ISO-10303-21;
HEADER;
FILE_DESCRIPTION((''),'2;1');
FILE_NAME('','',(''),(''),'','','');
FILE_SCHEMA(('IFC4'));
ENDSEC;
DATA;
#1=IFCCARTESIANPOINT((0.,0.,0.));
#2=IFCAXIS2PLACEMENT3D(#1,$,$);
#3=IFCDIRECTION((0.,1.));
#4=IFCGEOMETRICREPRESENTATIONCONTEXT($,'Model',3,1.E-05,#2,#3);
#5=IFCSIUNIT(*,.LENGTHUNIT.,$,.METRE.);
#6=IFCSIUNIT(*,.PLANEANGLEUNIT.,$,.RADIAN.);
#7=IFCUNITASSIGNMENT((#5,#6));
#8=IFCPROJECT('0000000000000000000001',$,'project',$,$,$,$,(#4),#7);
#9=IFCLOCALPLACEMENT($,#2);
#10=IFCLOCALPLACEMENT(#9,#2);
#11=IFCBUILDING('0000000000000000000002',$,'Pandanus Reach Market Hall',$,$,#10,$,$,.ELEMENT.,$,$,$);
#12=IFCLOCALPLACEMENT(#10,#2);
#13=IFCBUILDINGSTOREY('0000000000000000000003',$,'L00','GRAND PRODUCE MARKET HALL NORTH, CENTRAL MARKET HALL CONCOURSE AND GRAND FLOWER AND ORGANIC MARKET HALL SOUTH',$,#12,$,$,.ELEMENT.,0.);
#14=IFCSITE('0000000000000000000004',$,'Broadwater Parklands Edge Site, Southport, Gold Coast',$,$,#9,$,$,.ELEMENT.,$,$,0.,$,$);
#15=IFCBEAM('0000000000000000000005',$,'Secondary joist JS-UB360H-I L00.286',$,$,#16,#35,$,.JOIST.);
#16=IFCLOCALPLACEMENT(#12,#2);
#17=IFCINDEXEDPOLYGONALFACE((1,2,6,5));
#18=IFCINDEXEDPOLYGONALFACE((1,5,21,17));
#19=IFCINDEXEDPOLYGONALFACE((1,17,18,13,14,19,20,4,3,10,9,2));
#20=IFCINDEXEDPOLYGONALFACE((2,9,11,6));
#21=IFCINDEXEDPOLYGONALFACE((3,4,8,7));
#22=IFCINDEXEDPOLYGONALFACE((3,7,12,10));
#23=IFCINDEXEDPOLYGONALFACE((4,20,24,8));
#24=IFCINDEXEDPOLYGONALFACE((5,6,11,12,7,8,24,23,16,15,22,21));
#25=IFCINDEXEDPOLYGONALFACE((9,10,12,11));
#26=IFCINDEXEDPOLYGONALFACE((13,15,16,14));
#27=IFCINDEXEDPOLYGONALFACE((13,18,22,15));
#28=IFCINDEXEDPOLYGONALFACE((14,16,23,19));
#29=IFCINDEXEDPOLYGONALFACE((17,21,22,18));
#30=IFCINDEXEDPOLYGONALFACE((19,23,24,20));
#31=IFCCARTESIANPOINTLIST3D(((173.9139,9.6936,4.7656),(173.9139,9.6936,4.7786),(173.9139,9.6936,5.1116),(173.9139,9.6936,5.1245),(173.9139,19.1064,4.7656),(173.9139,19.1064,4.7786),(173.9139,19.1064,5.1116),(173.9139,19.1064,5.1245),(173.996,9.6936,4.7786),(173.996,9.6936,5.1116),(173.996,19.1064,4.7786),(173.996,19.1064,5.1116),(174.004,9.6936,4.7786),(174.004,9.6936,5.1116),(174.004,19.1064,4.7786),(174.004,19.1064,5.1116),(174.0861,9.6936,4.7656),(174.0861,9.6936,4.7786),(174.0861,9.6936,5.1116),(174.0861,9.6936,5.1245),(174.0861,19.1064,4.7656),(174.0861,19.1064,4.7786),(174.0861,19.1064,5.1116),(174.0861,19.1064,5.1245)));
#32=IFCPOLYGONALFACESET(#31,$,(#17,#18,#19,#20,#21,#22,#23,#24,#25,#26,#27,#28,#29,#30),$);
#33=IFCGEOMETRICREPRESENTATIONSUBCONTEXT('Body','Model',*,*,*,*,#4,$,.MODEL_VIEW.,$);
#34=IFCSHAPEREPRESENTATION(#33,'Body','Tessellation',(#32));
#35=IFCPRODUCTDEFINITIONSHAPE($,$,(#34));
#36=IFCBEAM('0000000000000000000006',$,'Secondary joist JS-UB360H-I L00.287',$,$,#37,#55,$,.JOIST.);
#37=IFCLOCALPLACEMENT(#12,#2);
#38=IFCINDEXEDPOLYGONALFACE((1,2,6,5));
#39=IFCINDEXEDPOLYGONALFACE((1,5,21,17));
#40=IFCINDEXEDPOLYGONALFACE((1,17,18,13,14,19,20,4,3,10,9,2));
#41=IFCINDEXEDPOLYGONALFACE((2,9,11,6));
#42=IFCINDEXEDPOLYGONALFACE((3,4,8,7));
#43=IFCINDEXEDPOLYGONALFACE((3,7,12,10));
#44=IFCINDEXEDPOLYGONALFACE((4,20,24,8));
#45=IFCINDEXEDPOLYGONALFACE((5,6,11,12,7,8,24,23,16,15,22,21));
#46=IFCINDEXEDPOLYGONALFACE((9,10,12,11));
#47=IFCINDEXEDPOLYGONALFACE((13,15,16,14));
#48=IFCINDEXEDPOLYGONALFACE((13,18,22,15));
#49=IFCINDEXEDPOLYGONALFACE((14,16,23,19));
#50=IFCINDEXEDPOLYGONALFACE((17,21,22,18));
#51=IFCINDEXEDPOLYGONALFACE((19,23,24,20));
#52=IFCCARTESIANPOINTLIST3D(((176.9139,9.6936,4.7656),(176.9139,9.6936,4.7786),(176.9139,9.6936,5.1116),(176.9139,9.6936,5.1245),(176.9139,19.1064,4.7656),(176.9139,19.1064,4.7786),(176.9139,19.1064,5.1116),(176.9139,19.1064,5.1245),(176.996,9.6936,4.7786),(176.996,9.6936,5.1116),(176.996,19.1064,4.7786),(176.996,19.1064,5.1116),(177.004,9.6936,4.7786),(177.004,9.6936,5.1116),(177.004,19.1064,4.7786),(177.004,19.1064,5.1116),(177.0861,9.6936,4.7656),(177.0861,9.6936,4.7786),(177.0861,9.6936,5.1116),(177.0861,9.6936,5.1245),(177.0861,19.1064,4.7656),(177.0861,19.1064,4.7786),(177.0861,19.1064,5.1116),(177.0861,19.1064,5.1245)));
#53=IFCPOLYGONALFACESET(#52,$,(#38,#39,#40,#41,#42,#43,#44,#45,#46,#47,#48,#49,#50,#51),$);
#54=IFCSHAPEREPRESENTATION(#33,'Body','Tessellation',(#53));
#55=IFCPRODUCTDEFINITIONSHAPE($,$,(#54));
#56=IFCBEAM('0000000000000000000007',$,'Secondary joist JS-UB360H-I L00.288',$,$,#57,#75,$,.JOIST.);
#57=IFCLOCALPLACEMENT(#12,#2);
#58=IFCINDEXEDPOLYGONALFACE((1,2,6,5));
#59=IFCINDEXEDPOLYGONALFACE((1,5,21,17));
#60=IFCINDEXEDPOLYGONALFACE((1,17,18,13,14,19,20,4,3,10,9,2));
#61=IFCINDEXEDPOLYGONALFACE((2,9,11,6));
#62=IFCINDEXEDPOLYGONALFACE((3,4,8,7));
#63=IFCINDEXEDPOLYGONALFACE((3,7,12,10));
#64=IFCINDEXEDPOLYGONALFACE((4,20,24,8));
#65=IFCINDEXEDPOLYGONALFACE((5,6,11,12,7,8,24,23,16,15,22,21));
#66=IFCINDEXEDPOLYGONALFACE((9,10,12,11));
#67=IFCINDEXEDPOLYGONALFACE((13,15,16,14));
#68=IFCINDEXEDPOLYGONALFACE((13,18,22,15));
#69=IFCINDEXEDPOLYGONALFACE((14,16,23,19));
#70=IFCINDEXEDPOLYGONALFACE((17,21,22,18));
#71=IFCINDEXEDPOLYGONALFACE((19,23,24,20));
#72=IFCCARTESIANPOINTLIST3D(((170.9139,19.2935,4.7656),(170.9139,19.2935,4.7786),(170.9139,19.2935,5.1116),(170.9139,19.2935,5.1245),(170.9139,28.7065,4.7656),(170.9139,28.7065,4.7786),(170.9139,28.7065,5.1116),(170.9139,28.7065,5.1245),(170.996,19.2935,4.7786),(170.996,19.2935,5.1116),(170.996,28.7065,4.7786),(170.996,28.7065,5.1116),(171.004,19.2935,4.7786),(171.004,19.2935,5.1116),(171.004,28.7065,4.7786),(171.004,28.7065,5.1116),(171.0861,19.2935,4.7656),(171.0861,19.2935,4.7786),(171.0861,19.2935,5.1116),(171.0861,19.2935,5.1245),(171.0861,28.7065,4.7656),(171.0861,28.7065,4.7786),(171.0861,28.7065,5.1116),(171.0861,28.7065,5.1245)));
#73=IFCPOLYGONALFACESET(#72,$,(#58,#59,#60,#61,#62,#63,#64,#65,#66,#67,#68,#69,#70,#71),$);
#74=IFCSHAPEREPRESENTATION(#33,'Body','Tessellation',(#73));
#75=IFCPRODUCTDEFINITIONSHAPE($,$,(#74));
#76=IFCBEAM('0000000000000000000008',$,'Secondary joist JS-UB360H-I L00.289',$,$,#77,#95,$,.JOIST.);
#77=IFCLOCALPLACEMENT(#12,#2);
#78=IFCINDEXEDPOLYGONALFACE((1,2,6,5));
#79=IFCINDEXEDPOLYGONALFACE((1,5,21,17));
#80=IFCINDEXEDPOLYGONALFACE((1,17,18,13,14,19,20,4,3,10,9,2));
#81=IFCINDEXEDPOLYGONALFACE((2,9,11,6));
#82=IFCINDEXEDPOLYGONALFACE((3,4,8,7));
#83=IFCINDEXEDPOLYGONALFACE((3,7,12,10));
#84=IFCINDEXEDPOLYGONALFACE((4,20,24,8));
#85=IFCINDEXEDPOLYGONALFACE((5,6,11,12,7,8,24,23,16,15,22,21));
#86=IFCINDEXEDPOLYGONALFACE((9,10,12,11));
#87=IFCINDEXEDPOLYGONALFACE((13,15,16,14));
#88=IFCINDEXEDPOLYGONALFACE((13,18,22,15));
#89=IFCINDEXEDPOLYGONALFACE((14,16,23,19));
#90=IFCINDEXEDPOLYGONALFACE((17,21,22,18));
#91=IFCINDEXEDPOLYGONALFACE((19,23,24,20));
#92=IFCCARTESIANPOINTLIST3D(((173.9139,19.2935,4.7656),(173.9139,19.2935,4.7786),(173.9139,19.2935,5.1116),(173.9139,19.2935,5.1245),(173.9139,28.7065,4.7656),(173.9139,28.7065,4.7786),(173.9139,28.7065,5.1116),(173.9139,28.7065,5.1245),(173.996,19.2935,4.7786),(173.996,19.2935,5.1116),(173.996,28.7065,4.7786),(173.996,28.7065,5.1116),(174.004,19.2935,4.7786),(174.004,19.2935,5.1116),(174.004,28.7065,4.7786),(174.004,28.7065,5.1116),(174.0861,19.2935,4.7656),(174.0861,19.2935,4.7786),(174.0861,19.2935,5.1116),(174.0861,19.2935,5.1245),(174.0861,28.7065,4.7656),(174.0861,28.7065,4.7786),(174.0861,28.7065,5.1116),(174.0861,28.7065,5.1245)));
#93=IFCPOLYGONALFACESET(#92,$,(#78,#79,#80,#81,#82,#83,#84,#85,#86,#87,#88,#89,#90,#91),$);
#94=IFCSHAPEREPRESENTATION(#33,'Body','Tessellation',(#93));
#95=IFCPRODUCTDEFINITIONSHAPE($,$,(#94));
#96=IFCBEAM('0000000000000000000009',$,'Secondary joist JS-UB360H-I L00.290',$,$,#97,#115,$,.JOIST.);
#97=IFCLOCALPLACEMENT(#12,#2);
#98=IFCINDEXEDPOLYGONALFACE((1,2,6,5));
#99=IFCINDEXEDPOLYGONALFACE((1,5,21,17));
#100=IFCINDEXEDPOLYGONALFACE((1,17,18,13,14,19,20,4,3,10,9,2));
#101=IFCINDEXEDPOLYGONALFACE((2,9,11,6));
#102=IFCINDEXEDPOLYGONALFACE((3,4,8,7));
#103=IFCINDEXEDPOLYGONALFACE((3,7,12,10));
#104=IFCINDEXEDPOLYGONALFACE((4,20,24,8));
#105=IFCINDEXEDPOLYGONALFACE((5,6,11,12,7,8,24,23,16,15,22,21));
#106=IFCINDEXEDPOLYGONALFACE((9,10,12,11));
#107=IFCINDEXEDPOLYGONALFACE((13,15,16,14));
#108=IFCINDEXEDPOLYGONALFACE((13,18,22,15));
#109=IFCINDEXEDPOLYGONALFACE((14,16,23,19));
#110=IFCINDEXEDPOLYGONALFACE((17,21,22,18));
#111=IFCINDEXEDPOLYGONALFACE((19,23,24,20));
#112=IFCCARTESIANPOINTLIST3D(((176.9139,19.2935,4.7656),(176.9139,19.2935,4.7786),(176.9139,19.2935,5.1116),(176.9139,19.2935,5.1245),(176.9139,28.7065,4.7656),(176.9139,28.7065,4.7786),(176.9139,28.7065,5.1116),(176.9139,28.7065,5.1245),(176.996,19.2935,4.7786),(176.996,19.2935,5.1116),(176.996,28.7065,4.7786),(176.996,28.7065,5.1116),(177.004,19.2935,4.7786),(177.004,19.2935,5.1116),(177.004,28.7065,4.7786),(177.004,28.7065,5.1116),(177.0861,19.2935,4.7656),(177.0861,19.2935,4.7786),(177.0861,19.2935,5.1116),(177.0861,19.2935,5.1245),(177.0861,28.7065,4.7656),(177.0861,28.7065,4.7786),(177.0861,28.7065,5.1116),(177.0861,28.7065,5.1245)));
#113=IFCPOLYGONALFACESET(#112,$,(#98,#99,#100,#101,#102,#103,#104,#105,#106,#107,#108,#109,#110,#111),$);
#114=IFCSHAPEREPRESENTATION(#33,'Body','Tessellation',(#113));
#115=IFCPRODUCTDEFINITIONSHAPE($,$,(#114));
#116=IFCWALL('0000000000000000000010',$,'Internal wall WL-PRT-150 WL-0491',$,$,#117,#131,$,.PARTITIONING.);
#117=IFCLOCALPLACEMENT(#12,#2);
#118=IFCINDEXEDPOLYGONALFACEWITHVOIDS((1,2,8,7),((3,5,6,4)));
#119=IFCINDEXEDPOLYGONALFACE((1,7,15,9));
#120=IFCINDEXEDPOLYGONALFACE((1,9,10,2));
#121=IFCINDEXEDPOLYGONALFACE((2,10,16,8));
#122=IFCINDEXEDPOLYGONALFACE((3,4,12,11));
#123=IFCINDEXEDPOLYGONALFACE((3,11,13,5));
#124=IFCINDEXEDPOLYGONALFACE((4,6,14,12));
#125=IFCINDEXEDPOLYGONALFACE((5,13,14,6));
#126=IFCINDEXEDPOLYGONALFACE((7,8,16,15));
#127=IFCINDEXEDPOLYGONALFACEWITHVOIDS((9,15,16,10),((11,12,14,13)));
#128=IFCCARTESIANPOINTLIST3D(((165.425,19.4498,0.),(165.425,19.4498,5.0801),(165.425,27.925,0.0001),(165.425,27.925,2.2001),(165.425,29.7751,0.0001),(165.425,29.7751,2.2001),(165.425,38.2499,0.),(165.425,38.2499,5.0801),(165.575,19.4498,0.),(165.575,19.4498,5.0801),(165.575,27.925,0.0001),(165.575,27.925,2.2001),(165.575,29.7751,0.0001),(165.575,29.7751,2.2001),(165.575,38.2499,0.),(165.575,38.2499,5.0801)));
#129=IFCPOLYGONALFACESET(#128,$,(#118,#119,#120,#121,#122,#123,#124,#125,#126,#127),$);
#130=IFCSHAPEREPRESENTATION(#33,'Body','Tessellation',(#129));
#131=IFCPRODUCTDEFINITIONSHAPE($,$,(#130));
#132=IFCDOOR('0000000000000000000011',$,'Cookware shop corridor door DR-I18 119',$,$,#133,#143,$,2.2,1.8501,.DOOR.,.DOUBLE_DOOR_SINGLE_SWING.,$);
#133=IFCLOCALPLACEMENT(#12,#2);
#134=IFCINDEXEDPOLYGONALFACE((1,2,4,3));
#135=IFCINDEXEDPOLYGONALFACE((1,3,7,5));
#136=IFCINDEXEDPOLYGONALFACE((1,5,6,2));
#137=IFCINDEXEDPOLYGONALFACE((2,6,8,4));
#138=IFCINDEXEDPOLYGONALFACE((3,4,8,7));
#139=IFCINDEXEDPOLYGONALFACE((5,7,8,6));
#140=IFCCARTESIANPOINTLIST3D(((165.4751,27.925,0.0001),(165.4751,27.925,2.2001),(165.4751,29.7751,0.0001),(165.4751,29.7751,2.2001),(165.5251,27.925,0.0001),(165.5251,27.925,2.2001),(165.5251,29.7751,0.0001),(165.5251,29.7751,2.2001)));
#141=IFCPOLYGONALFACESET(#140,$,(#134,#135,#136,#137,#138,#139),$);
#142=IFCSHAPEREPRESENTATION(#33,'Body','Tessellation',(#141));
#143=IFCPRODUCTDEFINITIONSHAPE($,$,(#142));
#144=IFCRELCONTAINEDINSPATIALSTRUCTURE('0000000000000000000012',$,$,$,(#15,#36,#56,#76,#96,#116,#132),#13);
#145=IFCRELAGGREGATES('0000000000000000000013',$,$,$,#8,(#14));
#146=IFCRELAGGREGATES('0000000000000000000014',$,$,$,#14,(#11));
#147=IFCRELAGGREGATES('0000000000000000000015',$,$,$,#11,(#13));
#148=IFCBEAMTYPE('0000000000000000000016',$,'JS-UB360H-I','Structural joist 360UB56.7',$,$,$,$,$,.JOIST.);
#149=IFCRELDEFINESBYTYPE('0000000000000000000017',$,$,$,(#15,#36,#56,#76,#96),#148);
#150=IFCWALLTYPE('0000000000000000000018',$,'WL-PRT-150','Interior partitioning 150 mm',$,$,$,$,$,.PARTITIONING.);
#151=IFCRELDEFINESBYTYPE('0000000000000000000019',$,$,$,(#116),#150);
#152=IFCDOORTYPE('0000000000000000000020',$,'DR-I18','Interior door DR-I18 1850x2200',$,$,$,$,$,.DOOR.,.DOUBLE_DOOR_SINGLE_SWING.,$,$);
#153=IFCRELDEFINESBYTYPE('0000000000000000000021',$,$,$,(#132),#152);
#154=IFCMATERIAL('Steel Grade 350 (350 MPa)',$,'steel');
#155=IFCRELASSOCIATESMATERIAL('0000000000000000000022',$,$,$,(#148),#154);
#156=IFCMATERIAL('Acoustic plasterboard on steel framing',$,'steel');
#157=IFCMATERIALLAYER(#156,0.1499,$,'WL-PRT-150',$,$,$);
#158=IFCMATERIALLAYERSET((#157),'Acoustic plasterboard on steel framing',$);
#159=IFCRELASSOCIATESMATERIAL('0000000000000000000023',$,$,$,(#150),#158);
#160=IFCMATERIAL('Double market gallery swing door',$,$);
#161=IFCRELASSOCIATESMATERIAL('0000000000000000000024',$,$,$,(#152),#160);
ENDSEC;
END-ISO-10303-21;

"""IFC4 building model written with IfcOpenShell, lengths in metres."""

from ifc_helpers import new_model, si_unit, direction, frame, frame_2d, origin, origin_2d, place, context, subcontext, project, spatial, rectangle, i_section, extrude, material, layer, layer_set, material_profile, profile_set, type_object, element, fill, save


model = new_model("IFC4")

# Units and contexts
model_context = context("Model", 3, precision=1e-05, world=origin(), true_north=direction((0.0, 1.0)))
body_context = subcontext(model_context, "Body", "Model", "MODEL_VIEW")
ifc_project = project(units=[si_unit("LENGTHUNIT", "METRE"), si_unit("PLANEANGLEUNIT", "RADIAN")], contexts=[model_context])

# Site, building, storey
site_placement = place(None, origin())
site = spatial("IfcSite", under=ifc_project, at=site_placement, Name="Broadwater Parklands Edge Site, Southport, Gold Coast", CompositionType="ELEMENT", RefElevation=0.0)
building_placement = place(site_placement, origin())
building = spatial("IfcBuilding", under=site, at=building_placement, Name="Pandanus Reach Market Hall", CompositionType="ELEMENT")
storey_placement = place(building_placement, origin())
storey = spatial("IfcBuildingStorey", under=building, at=storey_placement, Name="L00", Description="GRAND PRODUCE MARKET HALL NORTH, CENTRAL MARKET HALL CONCOURSE AND GRAND FLOWER AND ORGANIC MARKET HALL SOUTH", CompositionType="ELEMENT", Elevation=0.0)

# Shared definitions
ifc_material_1 = material(Name="Steel Grade 350 (350 MPa)", Category="steel")

# Beams
ifc_material_profile_1 = material_profile(ifc_material_1, i_section(OverallWidth=0.1721, OverallDepth=0.3589, WebThickness=0.0081, FlangeThickness=0.0129, at=origin_2d()), Name="360UB56.7", Category="LoadBearing")
ifc_profile_set_1 = profile_set([ifc_material_profile_1], Name="Steel Grade 350 (350 MPa)")
beam_type_1 = type_object("IfcBeamType", Name="JS-UB360H-I", Description="Structural joist 360UB56.7", PredefinedType="JOIST", material=ifc_profile_set_1)
for number, where, z_axis, x_axis, name in (
    (1, (174.0, 9.6936, 4.9451), (0.0, 1.0, 0.0), (-1.0, 0.0, 0.0), "Secondary joist JS-UB360H-I L00.286"),
    (2, (177.0, 9.6936, 4.9451), (0.0, 1.0, 0.0), (-1.0, 0.0, 0.0), "Secondary joist JS-UB360H-I L00.287"),
):
    element("IfcBeam", number, at=place(storey_placement, frame(where, z_axis=z_axis, x_axis=x_axis)), inside=storey, type_object=beam_type_1, Name=name, PredefinedType="JOIST", context=body_context, shape_type="SweptSolid", body=[
        extrude(i_section(OverallWidth=0.1721, OverallDepth=0.3589, WebThickness=0.0081, FlangeThickness=0.0129, at=origin_2d()), origin(), (0.0, 0.0, 1.0), 9.4128),
    ])
for number, where, z_axis, x_axis, name in (
    (3, (171.0, 19.2935, 4.9451), (0.0, 1.0, 0.0), (-1.0, 0.0, 0.0), "Secondary joist JS-UB360H-I L00.288"),
    (4, (174.0, 19.2935, 4.9451), (0.0, 1.0, 0.0), (-1.0, 0.0, 0.0), "Secondary joist JS-UB360H-I L00.289"),
    (5, (177.0, 19.2935, 4.9451), (0.0, 1.0, 0.0), (-1.0, 0.0, 0.0), "Secondary joist JS-UB360H-I L00.290"),
):
    element("IfcBeam", number, at=place(storey_placement, frame(where, z_axis=z_axis, x_axis=x_axis)), inside=storey, type_object=beam_type_1, Name=name, PredefinedType="JOIST", context=body_context, shape_type="SweptSolid", body=[
        extrude(i_section(OverallWidth=0.1721, OverallDepth=0.3589, WebThickness=0.0081, FlangeThickness=0.0129, at=origin_2d()), origin(), (0.0, 0.0, 1.0), 9.4131),
    ])

# Wall, opening, door
ifc_material_2 = material(Name="Acoustic plasterboard on steel framing", Category="steel")
ifc_layer = layer(ifc_material_2, 0.1499, Name="WL-PRT-150")
ifc_layer_set = layer_set([ifc_layer], Name="Acoustic plasterboard on steel framing")
wall_type = type_object("IfcWallType", Name="WL-PRT-150", Description="Interior partitioning 150 mm", PredefinedType="PARTITIONING", material=ifc_layer_set)
wall_placement = place(storey_placement, frame((165.5, 19.45, 0.0), z_axis=(0.0, 0.0, 1.0), x_axis=(0.0, 1.0, 0.0)))
wall = element("IfcWall", 6, at=wall_placement, inside=storey, type_object=wall_type, Name="Internal wall WL-PRT-150 WL-0491", PredefinedType="PARTITIONING", context=body_context, shape_type="SweptSolid", body=[
    extrude(rectangle(XDim=18.8, YDim=0.1499, at=frame_2d((9.3999, 0.0))), origin(), (0.0, 0.0, 1.0), 5.0801),
])
opening_placement = place(wall_placement, frame((8.4751, 0.0, 0.0)))
opening = element("IfcOpeningElement", 7, at=opening_placement, cuts=wall, PredefinedType="OPENING", context=body_context, shape_type="SweptSolid", body=[
    extrude(rectangle(XDim=1.8501, YDim=2.2, at=frame_2d((0.925, 1.1001))), frame((0.0, 0.0898, 0.0), z_axis=(0.0, -1.0, 0.0), x_axis=(1.0, 0.0, 0.0)), (0.0, 0.0, 1.0), 0.1799),
])
ifc_material_3 = material(Name="Double market gallery swing door")
door_type = type_object("IfcDoorType", Name="DR-I18", Description="Interior door DR-I18 1850x2200", OperationType="DOUBLE_DOOR_SINGLE_SWING", PredefinedType="DOOR", material=ifc_material_3)
door_placement = place(opening_placement, origin())
door = element("IfcDoor", 8, at=door_placement, inside=storey, type_object=door_type, Name="Cookware shop corridor door DR-I18 119", OperationType="DOUBLE_DOOR_SINGLE_SWING", OverallHeight=2.2, OverallWidth=1.8501, PredefinedType="DOOR", context=body_context, shape_type="SweptSolid", body=[
    extrude(rectangle(XDim=1.8501, YDim=2.2, at=frame_2d((0.925, 1.1001))), frame((0.0, 0.0249, 0.0), z_axis=(0.0, -1.0, 0.0), x_axis=(1.0, 0.0, 0.0)), (0.0, 0.0, 1.0), 0.05),
])
fill(opening, door)

save(model, "model.ifc")
